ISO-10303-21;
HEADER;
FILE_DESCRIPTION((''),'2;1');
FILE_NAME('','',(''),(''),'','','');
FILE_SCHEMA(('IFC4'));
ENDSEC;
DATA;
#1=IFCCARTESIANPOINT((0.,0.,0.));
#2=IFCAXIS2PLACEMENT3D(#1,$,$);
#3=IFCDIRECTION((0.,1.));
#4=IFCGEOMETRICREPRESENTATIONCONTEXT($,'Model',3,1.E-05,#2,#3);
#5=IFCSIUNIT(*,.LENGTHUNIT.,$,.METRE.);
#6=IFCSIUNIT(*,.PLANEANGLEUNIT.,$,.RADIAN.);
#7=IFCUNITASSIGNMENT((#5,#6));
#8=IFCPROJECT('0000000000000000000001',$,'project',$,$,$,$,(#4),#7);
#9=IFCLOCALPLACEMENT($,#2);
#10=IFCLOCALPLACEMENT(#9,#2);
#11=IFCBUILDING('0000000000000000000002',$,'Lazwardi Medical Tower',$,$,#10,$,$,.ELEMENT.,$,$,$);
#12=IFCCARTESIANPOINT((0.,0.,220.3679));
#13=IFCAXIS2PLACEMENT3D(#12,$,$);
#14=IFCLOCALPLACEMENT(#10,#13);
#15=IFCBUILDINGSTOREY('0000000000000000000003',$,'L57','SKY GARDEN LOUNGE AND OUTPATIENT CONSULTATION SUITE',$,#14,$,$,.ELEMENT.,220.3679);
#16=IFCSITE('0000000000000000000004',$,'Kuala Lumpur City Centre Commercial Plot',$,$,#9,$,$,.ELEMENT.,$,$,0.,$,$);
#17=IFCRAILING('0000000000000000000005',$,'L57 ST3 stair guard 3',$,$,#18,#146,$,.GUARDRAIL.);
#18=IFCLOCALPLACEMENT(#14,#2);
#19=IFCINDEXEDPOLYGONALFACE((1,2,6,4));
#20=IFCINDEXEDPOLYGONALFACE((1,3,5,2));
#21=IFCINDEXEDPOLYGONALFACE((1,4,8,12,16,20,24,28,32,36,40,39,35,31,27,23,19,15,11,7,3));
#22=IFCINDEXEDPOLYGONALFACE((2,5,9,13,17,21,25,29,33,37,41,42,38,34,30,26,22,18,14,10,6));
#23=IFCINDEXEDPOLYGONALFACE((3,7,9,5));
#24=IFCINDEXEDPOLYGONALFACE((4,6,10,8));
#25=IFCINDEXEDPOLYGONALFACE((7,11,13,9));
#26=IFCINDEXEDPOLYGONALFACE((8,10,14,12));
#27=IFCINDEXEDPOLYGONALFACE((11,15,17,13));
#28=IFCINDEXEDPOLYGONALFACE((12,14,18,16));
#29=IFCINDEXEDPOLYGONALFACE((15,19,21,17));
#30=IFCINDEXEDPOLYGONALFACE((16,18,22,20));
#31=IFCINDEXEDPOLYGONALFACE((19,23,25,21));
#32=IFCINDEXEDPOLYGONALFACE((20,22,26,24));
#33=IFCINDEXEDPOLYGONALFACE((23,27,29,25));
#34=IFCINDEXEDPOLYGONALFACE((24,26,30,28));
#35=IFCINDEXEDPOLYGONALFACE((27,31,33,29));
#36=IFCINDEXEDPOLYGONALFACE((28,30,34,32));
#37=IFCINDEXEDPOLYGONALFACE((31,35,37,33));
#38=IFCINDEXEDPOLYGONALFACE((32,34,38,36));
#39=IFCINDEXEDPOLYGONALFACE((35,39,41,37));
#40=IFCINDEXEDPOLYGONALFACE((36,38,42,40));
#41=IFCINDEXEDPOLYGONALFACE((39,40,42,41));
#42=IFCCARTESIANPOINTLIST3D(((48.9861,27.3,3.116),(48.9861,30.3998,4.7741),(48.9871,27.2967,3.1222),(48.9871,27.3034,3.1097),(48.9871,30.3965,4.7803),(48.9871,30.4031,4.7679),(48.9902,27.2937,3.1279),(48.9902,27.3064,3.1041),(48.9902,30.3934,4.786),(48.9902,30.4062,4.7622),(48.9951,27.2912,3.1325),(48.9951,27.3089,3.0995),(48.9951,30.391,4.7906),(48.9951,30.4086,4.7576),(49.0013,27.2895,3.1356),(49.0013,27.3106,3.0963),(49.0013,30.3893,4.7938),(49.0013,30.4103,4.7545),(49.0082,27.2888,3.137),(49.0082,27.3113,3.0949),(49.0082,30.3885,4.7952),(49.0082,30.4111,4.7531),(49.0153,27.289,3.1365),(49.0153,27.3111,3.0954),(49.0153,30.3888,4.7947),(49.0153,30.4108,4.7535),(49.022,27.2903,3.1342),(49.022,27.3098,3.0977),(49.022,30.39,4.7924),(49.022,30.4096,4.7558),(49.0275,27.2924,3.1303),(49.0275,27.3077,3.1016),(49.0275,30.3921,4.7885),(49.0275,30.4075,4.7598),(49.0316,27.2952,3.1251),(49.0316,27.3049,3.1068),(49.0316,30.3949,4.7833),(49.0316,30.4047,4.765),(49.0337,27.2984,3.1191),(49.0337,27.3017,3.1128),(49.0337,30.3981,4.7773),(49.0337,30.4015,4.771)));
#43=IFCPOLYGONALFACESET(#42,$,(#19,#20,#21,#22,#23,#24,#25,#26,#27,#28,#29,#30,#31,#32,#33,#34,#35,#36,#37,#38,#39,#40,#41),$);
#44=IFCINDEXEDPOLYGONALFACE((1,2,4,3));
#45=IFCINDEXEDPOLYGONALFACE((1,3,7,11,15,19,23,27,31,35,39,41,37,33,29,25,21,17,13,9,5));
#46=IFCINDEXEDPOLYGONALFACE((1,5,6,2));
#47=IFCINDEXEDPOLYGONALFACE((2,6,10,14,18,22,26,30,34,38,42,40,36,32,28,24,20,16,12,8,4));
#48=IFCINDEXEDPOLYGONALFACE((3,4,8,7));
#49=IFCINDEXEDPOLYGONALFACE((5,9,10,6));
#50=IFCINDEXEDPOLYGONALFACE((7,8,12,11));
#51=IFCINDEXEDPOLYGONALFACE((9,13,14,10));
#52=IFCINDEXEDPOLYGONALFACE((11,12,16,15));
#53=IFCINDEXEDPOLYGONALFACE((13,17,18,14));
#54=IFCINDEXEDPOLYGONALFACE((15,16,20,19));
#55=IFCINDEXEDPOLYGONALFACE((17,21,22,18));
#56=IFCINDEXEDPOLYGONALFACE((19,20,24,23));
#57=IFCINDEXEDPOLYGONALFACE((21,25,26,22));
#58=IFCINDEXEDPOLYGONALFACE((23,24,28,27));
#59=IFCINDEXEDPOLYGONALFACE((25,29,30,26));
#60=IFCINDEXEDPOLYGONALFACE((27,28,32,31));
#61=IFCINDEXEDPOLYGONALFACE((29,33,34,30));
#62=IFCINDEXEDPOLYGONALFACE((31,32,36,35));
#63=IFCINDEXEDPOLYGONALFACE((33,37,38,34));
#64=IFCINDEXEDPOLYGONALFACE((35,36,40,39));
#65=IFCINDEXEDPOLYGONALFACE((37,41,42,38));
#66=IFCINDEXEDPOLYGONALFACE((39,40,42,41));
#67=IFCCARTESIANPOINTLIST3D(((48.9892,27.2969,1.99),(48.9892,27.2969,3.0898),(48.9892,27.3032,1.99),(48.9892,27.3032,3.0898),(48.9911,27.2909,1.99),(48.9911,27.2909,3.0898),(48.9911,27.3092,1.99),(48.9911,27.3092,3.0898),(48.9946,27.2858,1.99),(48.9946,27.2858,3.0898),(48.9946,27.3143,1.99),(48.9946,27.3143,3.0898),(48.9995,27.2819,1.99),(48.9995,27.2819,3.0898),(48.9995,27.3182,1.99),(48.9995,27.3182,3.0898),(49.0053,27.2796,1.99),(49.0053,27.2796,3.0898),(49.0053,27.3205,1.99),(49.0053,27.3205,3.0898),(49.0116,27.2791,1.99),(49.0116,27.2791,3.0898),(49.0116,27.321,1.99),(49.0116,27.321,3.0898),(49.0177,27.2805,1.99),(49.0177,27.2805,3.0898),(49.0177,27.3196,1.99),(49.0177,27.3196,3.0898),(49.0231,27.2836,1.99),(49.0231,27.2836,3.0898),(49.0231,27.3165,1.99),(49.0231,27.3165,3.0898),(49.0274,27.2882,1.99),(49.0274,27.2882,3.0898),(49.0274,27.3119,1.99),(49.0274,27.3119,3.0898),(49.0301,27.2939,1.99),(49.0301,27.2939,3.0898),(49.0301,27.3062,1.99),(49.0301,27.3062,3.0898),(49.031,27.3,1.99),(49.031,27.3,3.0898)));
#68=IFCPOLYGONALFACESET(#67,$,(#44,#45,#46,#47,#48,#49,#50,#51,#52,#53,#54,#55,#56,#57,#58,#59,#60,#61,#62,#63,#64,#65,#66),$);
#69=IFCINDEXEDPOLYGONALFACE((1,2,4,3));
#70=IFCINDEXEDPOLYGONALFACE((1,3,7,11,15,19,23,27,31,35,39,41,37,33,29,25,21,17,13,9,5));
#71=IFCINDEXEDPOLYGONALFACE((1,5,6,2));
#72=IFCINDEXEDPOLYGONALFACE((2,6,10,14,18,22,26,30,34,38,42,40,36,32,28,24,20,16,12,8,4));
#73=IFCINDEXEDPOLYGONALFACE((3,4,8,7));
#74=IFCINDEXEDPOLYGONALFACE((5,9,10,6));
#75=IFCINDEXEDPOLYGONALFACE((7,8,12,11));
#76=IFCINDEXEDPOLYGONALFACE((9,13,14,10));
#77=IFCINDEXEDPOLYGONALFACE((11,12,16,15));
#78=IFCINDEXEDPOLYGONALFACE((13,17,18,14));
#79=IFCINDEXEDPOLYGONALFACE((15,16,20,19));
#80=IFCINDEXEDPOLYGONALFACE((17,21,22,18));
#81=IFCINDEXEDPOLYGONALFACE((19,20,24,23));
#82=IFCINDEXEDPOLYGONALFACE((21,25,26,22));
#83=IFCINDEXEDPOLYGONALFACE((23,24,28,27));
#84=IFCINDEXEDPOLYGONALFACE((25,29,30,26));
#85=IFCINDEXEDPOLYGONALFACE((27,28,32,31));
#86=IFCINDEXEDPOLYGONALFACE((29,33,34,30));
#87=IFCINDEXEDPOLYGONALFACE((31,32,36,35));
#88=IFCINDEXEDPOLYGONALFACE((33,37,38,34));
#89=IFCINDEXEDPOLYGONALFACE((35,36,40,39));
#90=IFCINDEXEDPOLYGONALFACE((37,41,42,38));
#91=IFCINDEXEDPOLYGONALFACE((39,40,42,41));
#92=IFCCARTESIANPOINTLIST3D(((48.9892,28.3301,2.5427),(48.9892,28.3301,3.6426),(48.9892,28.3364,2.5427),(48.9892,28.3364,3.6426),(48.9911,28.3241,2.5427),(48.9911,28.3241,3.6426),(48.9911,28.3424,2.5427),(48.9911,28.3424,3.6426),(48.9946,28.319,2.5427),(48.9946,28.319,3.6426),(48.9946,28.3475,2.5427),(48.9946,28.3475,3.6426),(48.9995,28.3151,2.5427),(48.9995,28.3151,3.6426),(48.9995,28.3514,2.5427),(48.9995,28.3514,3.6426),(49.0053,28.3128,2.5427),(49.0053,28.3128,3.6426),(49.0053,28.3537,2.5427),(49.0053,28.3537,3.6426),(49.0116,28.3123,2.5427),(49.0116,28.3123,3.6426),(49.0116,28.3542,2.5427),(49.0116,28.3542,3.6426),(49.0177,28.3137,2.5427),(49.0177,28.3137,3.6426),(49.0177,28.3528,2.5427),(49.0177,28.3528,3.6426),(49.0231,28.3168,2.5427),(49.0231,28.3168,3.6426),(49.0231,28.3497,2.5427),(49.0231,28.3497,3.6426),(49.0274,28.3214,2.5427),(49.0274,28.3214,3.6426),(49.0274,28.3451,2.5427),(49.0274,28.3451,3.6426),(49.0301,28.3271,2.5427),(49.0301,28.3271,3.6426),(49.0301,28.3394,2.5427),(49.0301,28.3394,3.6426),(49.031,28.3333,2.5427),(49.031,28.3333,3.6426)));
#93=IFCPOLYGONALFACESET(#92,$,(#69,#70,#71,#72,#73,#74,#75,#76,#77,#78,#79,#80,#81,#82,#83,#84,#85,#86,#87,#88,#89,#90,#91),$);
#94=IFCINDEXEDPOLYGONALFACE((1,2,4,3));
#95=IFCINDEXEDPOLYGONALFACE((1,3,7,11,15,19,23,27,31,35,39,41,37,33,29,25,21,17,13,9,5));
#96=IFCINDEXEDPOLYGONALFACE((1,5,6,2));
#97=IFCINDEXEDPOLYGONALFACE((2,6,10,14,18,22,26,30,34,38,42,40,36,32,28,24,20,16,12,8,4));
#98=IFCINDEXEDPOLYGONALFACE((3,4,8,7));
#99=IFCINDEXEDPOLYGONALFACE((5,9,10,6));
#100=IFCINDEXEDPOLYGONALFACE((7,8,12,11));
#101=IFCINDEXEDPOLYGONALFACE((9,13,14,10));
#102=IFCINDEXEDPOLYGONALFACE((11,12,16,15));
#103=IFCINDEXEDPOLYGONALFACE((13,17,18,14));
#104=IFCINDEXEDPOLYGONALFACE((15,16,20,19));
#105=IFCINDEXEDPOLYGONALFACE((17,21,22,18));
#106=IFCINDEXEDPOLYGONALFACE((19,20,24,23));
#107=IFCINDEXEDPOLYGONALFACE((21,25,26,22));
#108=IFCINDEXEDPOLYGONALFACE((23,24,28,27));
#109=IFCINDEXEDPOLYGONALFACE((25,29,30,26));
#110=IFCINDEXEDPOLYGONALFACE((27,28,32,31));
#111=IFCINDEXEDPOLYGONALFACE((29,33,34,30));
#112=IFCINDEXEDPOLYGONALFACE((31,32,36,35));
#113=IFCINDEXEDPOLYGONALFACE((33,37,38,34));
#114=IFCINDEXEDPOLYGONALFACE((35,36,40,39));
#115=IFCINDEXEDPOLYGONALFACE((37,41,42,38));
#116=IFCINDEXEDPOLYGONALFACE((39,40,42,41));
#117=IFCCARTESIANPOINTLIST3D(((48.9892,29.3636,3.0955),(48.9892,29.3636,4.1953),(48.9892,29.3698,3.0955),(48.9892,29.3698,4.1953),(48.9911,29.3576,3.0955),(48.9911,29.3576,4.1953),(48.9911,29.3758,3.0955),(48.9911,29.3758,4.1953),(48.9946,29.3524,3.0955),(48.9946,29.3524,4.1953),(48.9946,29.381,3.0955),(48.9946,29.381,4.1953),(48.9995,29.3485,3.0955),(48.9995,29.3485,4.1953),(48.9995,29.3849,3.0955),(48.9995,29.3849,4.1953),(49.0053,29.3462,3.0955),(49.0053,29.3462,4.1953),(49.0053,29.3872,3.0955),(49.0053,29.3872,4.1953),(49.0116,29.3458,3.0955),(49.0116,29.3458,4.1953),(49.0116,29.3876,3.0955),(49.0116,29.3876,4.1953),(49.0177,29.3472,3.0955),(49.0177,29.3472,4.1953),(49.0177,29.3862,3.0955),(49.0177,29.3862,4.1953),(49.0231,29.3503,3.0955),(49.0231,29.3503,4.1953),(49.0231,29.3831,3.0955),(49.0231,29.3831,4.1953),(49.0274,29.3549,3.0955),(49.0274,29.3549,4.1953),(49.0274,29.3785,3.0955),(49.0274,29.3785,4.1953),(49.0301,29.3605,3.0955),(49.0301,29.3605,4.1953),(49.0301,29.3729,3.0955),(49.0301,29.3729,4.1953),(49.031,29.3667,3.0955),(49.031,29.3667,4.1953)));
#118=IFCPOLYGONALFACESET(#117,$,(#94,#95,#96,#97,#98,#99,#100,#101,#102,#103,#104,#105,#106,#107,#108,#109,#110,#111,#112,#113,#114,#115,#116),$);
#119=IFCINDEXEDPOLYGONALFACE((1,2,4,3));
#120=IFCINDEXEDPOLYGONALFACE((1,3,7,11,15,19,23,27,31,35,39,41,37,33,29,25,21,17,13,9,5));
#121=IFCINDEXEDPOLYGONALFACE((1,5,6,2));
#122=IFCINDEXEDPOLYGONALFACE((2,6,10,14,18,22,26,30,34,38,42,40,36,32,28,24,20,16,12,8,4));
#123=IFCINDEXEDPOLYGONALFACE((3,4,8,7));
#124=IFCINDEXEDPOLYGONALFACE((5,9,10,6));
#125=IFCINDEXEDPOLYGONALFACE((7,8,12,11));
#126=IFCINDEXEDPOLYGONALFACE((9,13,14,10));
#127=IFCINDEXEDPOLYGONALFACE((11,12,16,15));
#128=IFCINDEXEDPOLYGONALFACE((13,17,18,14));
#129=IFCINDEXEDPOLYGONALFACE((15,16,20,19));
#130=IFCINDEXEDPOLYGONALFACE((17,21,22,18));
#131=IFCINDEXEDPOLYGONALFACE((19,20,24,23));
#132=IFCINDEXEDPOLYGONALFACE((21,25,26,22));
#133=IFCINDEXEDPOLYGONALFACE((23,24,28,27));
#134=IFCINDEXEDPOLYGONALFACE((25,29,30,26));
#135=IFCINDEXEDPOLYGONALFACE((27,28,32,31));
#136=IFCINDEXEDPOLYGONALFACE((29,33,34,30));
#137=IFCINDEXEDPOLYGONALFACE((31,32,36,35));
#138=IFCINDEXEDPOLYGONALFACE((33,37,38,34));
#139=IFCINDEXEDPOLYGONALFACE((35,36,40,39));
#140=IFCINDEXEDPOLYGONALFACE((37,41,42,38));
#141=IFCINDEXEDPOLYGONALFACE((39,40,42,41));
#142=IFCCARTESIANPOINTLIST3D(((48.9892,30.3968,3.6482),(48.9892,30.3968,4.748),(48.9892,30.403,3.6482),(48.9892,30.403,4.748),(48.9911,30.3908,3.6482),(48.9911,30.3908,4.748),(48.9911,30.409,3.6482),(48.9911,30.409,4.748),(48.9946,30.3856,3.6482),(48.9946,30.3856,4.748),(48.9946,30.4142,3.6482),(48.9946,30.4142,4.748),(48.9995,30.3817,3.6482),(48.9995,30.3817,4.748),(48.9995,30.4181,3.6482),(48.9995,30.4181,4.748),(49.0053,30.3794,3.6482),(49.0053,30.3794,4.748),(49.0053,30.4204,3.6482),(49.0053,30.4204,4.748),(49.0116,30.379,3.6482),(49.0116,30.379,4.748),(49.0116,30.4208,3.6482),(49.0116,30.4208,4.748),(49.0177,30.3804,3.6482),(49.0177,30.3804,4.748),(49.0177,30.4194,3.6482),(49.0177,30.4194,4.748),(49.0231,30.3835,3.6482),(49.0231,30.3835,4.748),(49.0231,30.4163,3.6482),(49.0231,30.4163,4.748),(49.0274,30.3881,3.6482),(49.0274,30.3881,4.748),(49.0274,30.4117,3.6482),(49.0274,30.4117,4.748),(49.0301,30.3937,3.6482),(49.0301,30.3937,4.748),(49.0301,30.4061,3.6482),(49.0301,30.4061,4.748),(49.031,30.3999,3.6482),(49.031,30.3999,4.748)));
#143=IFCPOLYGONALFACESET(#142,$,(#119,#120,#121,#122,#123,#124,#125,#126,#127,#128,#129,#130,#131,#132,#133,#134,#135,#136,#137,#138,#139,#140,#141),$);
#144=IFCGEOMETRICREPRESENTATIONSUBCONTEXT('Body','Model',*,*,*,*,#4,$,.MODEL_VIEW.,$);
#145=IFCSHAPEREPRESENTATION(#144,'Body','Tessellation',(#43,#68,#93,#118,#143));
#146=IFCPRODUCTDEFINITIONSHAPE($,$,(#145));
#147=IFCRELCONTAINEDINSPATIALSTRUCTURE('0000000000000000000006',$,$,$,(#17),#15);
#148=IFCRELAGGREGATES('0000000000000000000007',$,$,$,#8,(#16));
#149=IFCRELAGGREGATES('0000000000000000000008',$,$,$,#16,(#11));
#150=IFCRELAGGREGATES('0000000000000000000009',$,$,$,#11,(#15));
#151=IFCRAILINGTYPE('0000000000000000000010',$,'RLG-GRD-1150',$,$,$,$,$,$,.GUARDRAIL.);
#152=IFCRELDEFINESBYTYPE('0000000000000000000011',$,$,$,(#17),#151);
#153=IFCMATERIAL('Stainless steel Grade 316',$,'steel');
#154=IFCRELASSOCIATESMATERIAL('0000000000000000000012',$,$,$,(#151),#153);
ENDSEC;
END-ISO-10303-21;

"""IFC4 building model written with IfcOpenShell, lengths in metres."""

from ifc_helpers import new_model, si_unit, direction, frame, origin, origin_2d, place, context, subcontext, project, spatial, circle, extrude, material, type_object, element, save


model = new_model("IFC4")

# Units and contexts
model_context = context("Model", 3, precision=1e-05, world=origin(), true_north=direction((0.0, 1.0)))
body_context = subcontext(model_context, "Body", "Model", "MODEL_VIEW")
ifc_project = project(units=[si_unit("LENGTHUNIT", "METRE"), si_unit("PLANEANGLEUNIT", "RADIAN")], contexts=[model_context])

# Site, building, storey
site_placement = place(None, origin())
site = spatial("IfcSite", under=ifc_project, at=site_placement, Name="Kuala Lumpur City Centre Commercial Plot", CompositionType="ELEMENT", RefElevation=0.0)
building_placement = place(site_placement, origin())
building = spatial("IfcBuilding", under=site, at=building_placement, Name="Lazwardi Medical Tower", CompositionType="ELEMENT")
storey_placement = place(building_placement, frame((0.0, 0.0, 220.3679)))
storey = spatial("IfcBuildingStorey", under=building, at=storey_placement, Name="L57", Description="SKY GARDEN LOUNGE AND OUTPATIENT CONSULTATION SUITE", CompositionType="ELEMENT", Elevation=220.3679)

# Railing
ifc_material_1 = material(Name="Stainless steel Grade 316", Category="steel")
railing_type_1 = type_object("IfcRailingType", Name="RLG-GRD-1150", PredefinedType="GUARDRAIL", material=ifc_material_1)
railing_1_placement = place(storey_placement, frame((49.01, 27.3, 1.99)))
element("IfcRailing", 1, at=railing_1_placement, inside=storey, type_object=railing_type_1, Name="L57 ST3 stair guard 3", PredefinedType="GUARDRAIL", context=body_context, shape_type="SweptSolid", body=[
    extrude(circle(Radius=0.0239, at=origin_2d()), frame((0.0, 0.0, 1.126), z_axis=(0.0, 0.881768, 0.471684), x_axis=(-1.0, 0.0, 0.0)), (0.0, 0.0, 1.0), 3.5154),
    extrude(circle(Radius=0.021, at=origin_2d()), origin(), (0.0, 0.0, 1.0), 1.0999),
    extrude(circle(Radius=0.021, at=origin_2d()), frame((0.0, 1.0332, 0.5527)), (0.0, 0.0, 1.0), 1.0999),
    extrude(circle(Radius=0.021, at=origin_2d()), frame((0.0, 2.0667, 1.1055)), (0.0, 0.0, 1.0), 1.0999),
    extrude(circle(Radius=0.021, at=origin_2d()), frame((0.0, 3.0999, 1.6582)), (0.0, 0.0, 1.0), 1.0999),
])

save(model, "model.ifc")
